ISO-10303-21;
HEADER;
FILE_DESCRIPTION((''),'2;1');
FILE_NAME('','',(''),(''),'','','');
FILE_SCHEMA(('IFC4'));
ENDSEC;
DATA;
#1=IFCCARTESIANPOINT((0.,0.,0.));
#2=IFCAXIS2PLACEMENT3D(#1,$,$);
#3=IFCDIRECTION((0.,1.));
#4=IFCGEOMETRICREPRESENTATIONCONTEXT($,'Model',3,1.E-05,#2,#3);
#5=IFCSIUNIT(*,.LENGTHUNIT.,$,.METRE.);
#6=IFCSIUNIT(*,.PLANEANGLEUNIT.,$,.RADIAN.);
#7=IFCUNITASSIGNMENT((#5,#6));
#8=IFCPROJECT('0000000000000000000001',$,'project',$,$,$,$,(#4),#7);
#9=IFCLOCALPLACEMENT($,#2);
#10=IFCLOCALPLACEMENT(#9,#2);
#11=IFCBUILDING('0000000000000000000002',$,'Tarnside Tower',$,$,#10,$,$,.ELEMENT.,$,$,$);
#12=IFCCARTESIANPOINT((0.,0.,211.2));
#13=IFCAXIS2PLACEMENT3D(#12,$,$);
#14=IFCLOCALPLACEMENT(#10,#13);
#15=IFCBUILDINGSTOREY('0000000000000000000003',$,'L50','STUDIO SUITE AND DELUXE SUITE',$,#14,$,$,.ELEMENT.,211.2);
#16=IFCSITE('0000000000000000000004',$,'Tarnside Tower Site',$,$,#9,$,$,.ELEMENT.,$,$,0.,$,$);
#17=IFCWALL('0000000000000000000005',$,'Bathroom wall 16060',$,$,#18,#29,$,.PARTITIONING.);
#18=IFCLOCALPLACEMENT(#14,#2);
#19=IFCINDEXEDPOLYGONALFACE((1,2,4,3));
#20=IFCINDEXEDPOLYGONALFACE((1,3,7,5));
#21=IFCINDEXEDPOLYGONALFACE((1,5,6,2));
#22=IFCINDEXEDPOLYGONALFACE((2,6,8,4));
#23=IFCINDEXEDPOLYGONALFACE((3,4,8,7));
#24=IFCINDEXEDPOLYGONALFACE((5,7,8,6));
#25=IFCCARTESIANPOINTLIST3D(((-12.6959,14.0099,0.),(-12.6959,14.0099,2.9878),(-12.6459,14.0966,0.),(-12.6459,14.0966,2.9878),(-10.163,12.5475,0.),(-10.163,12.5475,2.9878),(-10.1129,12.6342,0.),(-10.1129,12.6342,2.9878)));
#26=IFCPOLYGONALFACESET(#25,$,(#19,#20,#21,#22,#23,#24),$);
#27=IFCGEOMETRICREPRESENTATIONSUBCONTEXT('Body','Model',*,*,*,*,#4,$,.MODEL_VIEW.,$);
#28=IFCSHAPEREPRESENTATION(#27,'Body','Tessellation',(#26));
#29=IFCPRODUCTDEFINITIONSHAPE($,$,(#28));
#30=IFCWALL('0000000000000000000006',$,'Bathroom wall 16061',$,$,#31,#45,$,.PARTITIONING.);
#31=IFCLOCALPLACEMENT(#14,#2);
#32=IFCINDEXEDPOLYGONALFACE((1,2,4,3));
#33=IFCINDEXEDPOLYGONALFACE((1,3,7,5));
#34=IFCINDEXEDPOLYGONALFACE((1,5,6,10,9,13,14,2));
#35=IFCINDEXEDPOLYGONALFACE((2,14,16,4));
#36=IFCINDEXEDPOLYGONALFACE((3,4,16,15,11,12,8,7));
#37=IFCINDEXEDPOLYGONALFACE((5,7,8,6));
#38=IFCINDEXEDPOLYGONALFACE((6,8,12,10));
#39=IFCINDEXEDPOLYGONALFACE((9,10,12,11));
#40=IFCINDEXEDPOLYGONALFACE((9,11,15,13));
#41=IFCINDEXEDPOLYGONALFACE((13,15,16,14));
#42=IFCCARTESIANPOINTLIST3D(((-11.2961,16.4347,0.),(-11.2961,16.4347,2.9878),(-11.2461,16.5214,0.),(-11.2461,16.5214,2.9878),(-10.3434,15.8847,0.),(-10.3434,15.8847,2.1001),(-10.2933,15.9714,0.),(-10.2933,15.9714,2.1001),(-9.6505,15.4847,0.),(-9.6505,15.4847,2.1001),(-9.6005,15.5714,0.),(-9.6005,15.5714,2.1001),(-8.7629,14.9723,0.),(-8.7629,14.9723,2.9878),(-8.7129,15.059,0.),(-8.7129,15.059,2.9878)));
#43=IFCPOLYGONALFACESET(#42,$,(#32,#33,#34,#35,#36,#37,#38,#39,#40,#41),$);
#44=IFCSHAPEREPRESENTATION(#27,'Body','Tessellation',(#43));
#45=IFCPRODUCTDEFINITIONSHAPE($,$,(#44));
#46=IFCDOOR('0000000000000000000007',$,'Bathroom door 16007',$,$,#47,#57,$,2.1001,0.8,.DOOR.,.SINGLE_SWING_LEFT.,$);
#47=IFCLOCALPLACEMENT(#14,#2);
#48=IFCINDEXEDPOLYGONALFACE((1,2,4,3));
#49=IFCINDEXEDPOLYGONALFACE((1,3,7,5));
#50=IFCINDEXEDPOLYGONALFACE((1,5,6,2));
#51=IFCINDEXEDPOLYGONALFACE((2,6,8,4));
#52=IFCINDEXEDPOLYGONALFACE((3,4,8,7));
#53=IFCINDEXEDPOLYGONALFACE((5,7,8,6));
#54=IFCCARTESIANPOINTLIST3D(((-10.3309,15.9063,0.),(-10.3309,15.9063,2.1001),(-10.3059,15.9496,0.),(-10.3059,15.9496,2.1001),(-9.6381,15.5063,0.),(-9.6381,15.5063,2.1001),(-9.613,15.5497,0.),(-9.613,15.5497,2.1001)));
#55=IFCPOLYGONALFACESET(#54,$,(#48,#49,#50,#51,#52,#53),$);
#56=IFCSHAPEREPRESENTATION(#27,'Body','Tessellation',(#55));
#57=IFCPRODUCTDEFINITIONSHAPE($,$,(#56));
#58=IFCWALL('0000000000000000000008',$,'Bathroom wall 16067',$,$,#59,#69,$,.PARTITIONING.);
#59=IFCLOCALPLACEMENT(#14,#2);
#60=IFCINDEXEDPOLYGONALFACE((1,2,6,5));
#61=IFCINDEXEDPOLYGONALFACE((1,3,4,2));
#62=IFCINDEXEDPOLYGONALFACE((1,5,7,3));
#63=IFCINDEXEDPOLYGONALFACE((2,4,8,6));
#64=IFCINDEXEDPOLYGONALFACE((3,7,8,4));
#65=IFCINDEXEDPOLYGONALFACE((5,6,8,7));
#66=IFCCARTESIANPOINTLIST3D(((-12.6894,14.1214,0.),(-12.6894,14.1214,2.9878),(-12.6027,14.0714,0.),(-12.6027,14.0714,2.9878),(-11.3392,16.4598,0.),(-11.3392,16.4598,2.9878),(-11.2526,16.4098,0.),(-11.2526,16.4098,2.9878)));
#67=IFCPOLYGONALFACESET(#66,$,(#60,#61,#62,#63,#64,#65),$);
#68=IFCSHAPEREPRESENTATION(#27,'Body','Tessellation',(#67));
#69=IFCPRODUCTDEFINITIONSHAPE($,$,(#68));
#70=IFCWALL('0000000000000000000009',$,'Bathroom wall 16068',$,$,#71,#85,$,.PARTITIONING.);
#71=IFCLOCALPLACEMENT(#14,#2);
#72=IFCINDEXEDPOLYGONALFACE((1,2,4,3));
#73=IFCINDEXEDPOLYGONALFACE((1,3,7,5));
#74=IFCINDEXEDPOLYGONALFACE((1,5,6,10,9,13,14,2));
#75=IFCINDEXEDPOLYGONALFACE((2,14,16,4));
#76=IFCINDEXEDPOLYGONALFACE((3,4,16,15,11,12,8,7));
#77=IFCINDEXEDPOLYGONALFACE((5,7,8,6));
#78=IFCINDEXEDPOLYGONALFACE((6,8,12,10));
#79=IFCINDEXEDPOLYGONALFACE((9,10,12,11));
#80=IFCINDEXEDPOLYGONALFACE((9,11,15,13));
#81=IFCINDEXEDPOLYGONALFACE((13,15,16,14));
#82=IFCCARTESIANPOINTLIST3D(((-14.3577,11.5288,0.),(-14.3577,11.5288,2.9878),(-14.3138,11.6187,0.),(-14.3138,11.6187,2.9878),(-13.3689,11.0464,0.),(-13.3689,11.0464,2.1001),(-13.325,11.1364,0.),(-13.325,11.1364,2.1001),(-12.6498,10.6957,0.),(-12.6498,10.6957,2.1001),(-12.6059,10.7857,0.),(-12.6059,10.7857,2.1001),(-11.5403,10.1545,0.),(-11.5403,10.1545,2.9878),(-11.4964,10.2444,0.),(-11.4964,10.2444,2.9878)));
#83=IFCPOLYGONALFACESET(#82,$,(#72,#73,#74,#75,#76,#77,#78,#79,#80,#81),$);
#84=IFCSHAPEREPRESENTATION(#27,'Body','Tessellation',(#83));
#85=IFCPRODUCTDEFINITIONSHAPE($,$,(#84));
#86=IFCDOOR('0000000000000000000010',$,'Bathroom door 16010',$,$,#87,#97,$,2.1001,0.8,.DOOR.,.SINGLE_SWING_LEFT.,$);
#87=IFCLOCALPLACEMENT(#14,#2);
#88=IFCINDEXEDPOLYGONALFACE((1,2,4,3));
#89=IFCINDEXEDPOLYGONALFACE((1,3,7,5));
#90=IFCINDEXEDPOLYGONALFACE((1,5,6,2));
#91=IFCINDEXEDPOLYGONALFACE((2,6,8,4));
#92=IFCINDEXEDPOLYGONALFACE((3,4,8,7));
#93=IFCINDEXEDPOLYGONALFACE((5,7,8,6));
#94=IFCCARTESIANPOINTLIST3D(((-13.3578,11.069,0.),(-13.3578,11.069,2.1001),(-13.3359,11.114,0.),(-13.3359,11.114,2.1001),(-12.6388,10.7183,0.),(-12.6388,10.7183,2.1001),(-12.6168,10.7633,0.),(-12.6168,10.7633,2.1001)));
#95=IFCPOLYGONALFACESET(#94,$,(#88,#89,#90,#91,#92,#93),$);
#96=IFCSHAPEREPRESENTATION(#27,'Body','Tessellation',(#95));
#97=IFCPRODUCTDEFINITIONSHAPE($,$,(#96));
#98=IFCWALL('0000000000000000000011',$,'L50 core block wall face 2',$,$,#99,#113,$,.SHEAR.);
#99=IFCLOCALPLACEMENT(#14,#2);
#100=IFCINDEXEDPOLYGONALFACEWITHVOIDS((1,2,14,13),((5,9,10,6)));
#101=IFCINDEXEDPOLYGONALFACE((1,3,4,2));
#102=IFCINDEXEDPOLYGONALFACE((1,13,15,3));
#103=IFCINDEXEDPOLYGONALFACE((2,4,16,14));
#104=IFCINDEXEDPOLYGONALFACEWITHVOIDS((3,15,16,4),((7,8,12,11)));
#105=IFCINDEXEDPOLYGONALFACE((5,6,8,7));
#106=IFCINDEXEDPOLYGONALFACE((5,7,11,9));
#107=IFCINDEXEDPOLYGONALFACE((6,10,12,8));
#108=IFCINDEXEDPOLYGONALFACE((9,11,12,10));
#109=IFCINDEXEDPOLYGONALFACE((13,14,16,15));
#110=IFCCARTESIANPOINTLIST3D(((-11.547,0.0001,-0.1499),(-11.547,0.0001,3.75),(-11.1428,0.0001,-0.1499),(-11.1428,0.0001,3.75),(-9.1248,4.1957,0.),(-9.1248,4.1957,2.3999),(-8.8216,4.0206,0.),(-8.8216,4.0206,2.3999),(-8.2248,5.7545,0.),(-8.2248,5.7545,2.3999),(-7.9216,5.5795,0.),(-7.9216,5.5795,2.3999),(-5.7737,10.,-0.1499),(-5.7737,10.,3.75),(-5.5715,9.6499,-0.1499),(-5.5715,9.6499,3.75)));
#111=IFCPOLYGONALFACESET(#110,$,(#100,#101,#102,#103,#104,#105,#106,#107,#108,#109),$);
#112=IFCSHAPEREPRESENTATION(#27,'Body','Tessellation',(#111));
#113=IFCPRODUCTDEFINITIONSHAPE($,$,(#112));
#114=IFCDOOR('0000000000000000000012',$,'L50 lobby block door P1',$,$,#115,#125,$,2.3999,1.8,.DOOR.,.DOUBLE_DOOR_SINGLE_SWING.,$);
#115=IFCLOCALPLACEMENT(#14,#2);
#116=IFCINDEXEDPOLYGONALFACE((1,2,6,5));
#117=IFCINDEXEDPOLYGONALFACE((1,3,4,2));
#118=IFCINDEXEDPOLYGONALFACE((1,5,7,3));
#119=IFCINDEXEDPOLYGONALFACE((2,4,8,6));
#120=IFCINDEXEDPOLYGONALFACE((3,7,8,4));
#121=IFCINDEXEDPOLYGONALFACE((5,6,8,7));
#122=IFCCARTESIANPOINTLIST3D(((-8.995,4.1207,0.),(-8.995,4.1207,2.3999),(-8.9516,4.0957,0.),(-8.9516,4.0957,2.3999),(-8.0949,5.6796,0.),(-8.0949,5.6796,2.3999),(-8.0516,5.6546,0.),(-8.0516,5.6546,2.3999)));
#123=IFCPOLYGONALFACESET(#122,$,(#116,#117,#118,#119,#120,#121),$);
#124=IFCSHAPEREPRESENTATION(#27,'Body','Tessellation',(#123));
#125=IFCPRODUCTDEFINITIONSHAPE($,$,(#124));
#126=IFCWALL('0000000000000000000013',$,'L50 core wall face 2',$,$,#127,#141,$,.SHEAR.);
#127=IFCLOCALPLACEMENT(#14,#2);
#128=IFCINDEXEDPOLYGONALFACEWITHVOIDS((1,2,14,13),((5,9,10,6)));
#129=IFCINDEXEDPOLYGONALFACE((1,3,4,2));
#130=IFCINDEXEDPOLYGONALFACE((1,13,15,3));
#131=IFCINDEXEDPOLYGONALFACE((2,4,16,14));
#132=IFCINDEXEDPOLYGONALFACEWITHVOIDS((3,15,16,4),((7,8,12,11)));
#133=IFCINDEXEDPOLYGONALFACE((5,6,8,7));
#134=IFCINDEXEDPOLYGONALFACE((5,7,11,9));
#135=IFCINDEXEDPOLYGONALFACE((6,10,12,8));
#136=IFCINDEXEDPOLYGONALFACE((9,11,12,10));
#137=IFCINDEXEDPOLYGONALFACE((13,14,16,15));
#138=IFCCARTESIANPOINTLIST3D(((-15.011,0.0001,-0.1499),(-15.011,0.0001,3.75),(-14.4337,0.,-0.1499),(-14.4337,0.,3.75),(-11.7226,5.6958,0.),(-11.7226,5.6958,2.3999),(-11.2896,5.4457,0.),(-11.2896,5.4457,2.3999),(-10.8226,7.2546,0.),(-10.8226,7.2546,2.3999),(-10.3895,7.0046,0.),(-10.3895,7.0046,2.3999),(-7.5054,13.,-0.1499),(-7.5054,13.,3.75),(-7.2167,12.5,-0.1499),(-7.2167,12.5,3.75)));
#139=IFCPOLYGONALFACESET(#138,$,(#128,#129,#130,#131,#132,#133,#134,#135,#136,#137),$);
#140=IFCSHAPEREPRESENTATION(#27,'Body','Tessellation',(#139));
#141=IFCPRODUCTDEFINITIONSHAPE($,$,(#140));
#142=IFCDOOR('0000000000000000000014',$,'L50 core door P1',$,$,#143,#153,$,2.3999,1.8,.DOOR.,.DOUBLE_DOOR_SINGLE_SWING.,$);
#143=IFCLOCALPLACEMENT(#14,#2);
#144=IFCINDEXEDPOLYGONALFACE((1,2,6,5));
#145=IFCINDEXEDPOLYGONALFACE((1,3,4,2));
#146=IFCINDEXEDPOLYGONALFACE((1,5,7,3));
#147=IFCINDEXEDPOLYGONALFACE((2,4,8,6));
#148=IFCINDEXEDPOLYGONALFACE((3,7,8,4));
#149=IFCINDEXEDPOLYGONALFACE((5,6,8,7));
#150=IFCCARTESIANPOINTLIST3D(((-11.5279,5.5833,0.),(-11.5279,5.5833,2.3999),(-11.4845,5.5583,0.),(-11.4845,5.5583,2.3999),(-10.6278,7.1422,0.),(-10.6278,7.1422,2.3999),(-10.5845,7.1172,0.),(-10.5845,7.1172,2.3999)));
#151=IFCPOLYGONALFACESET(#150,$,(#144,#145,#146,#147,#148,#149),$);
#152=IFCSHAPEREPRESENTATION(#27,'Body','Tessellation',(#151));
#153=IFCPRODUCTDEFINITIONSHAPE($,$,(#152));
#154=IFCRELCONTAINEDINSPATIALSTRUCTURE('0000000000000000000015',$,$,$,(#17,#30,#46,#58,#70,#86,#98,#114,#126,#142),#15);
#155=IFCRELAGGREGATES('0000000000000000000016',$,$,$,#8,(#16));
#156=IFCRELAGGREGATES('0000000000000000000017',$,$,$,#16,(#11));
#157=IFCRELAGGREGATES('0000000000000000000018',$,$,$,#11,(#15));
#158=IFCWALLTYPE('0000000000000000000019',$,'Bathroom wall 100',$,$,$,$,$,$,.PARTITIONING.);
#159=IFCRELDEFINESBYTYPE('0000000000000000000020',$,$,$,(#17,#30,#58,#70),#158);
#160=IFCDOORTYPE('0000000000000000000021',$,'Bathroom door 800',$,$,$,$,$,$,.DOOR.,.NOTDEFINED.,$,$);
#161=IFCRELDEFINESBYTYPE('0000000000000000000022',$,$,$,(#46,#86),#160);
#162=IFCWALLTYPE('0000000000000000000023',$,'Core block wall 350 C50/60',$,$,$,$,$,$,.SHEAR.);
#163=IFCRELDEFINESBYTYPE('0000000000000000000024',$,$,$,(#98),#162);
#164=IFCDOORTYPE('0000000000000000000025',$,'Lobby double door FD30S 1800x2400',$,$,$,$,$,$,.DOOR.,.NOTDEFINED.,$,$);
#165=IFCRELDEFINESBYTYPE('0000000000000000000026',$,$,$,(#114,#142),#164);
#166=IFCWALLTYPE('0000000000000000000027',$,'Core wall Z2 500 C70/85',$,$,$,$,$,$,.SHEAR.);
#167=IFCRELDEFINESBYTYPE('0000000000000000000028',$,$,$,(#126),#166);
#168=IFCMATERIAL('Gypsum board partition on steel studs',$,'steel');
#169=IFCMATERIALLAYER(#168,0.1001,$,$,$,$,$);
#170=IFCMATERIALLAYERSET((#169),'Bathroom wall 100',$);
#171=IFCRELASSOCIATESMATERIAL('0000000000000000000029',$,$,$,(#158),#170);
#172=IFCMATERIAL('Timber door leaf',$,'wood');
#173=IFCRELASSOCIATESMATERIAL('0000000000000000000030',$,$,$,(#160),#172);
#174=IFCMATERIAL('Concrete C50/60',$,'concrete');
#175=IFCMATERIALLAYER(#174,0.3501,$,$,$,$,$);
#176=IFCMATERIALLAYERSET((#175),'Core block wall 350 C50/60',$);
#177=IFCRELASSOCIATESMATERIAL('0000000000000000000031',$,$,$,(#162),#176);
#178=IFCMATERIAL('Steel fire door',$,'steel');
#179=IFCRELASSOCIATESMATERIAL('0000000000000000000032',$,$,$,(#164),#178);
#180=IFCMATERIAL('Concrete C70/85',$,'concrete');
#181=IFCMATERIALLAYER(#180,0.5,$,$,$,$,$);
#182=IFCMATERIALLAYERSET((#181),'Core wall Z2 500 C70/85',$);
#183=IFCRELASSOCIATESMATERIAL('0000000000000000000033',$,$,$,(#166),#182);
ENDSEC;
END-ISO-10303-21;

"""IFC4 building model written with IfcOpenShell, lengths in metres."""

from ifc_helpers import new_model, si_unit, direction, frame, frame_2d, origin, place, context, subcontext, project, spatial, polyline, rectangle, outline, extrude, material, layer, layer_set, type_object, element, fill, save


model = new_model("IFC4")

# Units and contexts
model_context = context("Model", 3, precision=1e-05, world=origin(), true_north=direction((0.0, 1.0)))
body_context = subcontext(model_context, "Body", "Model", "MODEL_VIEW")
ifc_project = project(units=[si_unit("LENGTHUNIT", "METRE"), si_unit("PLANEANGLEUNIT", "RADIAN")], contexts=[model_context])

# Site, building, storey
site_placement = place(None, origin())
site = spatial("IfcSite", under=ifc_project, at=site_placement, Name="Tarnside Tower Site", CompositionType="ELEMENT", RefElevation=0.0)
building_placement = place(site_placement, origin())
building = spatial("IfcBuilding", under=site, at=building_placement, Name="Tarnside Tower", CompositionType="ELEMENT")
storey_placement = place(building_placement, frame((0.0, 0.0, 211.2)))
storey = spatial("IfcBuildingStorey", under=building, at=storey_placement, Name="L50", Description="STUDIO SUITE AND DELUXE SUITE", CompositionType="ELEMENT", Elevation=211.2)

# Shared definitions
ifc_material_1 = material(Name="Gypsum board partition on steel studs", Category="steel")
ifc_layer_1 = layer(ifc_material_1, 0.1001)
ifc_layer_set_1 = layer_set([ifc_layer_1], Name="Bathroom wall 100")
wall_type_1 = type_object("IfcWallType", Name="Bathroom wall 100", PredefinedType="PARTITIONING", material=ifc_layer_set_1)

# Shared definitions
ifc_material_2 = material(Name="Timber door leaf", Category="wood")
door_type_1 = type_object("IfcDoorType", Name="Bathroom door 800", OperationType="NOTDEFINED", PredefinedType="DOOR", material=ifc_material_2)

# Wall
wall_1_placement = place(storey_placement, frame((-10.1379, 12.5908, 0.0), z_axis=(0.0, 0.0, 1.0), x_axis=(-0.866026, 0.499999, 0.0)))
element("IfcWall", 1, at=wall_1_placement, inside=storey, type_object=wall_type_1, Name="Bathroom wall 16060", PredefinedType="PARTITIONING", context=body_context, shape_type="SweptSolid", body=[
    extrude(rectangle(XDim=2.9248, YDim=0.1001, at=frame_2d((1.4624, 0.0))), origin(), (0.0, 0.0, 1.0), 2.9878),
])

# Wall, opening, door
wall_2_placement = place(storey_placement, frame((-11.271, 16.478, 0.0), z_axis=(0.0, 0.0, 1.0), x_axis=(0.866047, -0.499963, 0.0)))
wall_2 = element("IfcWall", 2, at=wall_2_placement, inside=storey, type_object=wall_type_1, Name="Bathroom wall 16061", PredefinedType="PARTITIONING", context=body_context, shape_type="SweptSolid", body=[
    extrude(rectangle(XDim=2.925, YDim=0.1001, at=frame_2d((1.4624, 0.0))), origin(), (0.0, 0.0, 1.0), 2.9878),
])
opening_1_placement = place(wall_2_placement, frame((1.1001, 0.0, 0.0)))
opening_1 = element("IfcOpeningElement", 3, at=opening_1_placement, cuts=wall_2, PredefinedType="OPENING", context=body_context, shape_type="SweptSolid", body=[
    extrude(rectangle(XDim=0.8, YDim=2.1001, at=frame_2d((0.3999, 1.05))), frame((0.0, 0.0601, 0.0), z_axis=(0.0, -1.0, 0.0), x_axis=(1.0, 0.0, 0.0)), (0.0, 0.0, 1.0), 0.1201),
])
door_1_placement = place(opening_1_placement, origin())
door_1 = element("IfcDoor", 4, at=door_1_placement, inside=storey, type_object=door_type_1, Name="Bathroom door 16007", OperationType="SINGLE_SWING_LEFT", OverallHeight=2.1001, OverallWidth=0.8, PredefinedType="DOOR", context=body_context, shape_type="SweptSolid", body=[
    extrude(rectangle(XDim=0.8, YDim=2.1001, at=frame_2d((0.3999, 1.05))), frame((0.0, 0.0249, 0.0), z_axis=(0.0, -1.0, 0.0), x_axis=(1.0, 0.0, 0.0)), (0.0, 0.0, 1.0), 0.05),
])
fill(opening_1, door_1)

# Wall
wall_3_placement = place(storey_placement, frame((-11.2959, 16.4348, 0.0), z_axis=(0.0, 0.0, 1.0), x_axis=(-0.500009, -0.86602, 0.0)))
element("IfcWall", 5, at=wall_3_placement, inside=storey, type_object=wall_type_1, Name="Bathroom wall 16067", PredefinedType="PARTITIONING", context=body_context, shape_type="SweptSolid", body=[
    extrude(rectangle(XDim=2.7002, YDim=0.1001, at=frame_2d((1.3501, 0.0))), origin(), (0.0, 0.0, 1.0), 2.9878),
])

# Walls, openings, doors
wall_4_placement = place(storey_placement, frame((-11.5183, 10.1995, 0.0), z_axis=(0.0, 0.0, 1.0), x_axis=(-0.898777, 0.438407, 0.0)))
wall_4 = element("IfcWall", 6, at=wall_4_placement, inside=storey, type_object=wall_type_1, Name="Bathroom wall 16068", PredefinedType="PARTITIONING", context=body_context, shape_type="SweptSolid", body=[
    extrude(rectangle(XDim=3.1348, YDim=0.1001, at=frame_2d((1.5674, 0.0))), origin(), (0.0, 0.0, 1.0), 2.9878),
])
opening_2_placement = place(wall_4_placement, frame((1.2346, 0.0, 0.0)))
opening_2 = element("IfcOpeningElement", 7, at=opening_2_placement, cuts=wall_4, PredefinedType="OPENING", context=body_context, shape_type="SweptSolid", body=[
    extrude(rectangle(XDim=0.8, YDim=2.1001, at=frame_2d((0.3999, 1.05))), frame((0.0, 0.0601, 0.0), z_axis=(0.0, -1.0, 0.0), x_axis=(1.0, 0.0, 0.0)), (0.0, 0.0, 1.0), 0.1201),
])
door_2_placement = place(opening_2_placement, origin())
door_2 = element("IfcDoor", 8, at=door_2_placement, inside=storey, type_object=door_type_1, Name="Bathroom door 16010", OperationType="SINGLE_SWING_LEFT", OverallHeight=2.1001, OverallWidth=0.8, PredefinedType="DOOR", context=body_context, shape_type="SweptSolid", body=[
    extrude(rectangle(XDim=0.8, YDim=2.1001, at=frame_2d((0.3999, 1.05))), frame((0.0, 0.0249, 0.0), z_axis=(0.0, -1.0, 0.0), x_axis=(1.0, 0.0, 0.0)), (0.0, 0.0, 1.0), 0.05),
])
fill(opening_2, door_2)
ifc_material_3 = material(Name="Concrete C50/60", Category="concrete")
ifc_layer_2 = layer(ifc_material_3, 0.3501)
ifc_layer_set_2 = layer_set([ifc_layer_2], Name="Core block wall 350 C50/60")
wall_type_2 = type_object("IfcWallType", Name="Core block wall 350 C50/60", PredefinedType="SHEAR", material=ifc_layer_set_2)
wall_5_placement = place(storey_placement, frame((-5.6726, 9.825, -0.1499), z_axis=(0.0, 0.0, 1.0), x_axis=(-0.499995, -0.866028, 0.0)))
wall_5 = element("IfcWall", 9, at=wall_5_placement, inside=storey, type_object=wall_type_2, Name="L50 core block wall face 2", PredefinedType="SHEAR", context=body_context, shape_type="SweptSolid", body=[
    extrude(outline(polyline([(-0.1011, -0.175), (11.4458, -0.175), (11.2437, 0.175), (0.1011, 0.175), (-0.1011, -0.175)])), origin(), (0.0, 0.0, 1.0), 3.8999),
])
opening_3_placement = place(wall_5_placement, frame((4.8013, 0.0, 0.1499)))
opening_3 = element("IfcOpeningElement", 10, at=opening_3_placement, cuts=wall_5, PredefinedType="OPENING", context=body_context, shape_type="SweptSolid", body=[
    extrude(rectangle(XDim=1.8, YDim=2.3999, at=frame_2d((0.8999, 1.2))), frame((0.0, 0.1851, 0.0), z_axis=(0.0, -1.0, 0.0), x_axis=(1.0, 0.0, 0.0)), (0.0, 0.0, 1.0), 0.3701),
])
ifc_material_4 = material(Name="Steel fire door", Category="steel")
door_type_2 = type_object("IfcDoorType", Name="Lobby double door FD30S 1800x2400", OperationType="NOTDEFINED", PredefinedType="DOOR", material=ifc_material_4)
door_3_placement = place(opening_3_placement, origin())
door_3 = element("IfcDoor", 11, at=door_3_placement, inside=storey, type_object=door_type_2, Name="L50 lobby block door P1", OperationType="DOUBLE_DOOR_SINGLE_SWING", OverallHeight=2.3999, OverallWidth=1.8, PredefinedType="DOOR", context=body_context, shape_type="SweptSolid", body=[
    extrude(rectangle(XDim=1.8, YDim=2.3999, at=frame_2d((0.8999, 1.2))), frame((0.0, 0.0249, 0.0), z_axis=(0.0, -1.0, 0.0), x_axis=(1.0, 0.0, 0.0)), (0.0, 0.0, 1.0), 0.05),
])
fill(opening_3, door_3)
ifc_material_5 = material(Name="Concrete C70/85", Category="concrete")
ifc_layer_3 = layer(ifc_material_5, 0.5)
ifc_layer_set_3 = layer_set([ifc_layer_3], Name="Core wall Z2 500 C70/85")
wall_type_3 = type_object("IfcWallType", Name="Core wall Z2 500 C70/85", PredefinedType="SHEAR", material=ifc_layer_set_3)
wall_6_placement = place(storey_placement, frame((-7.3611, 12.75, -0.1499), z_axis=(0.0, 0.0, 1.0), x_axis=(-0.500006, -0.866022, 0.0)))
wall_6 = element("IfcWall", 12, at=wall_6_placement, inside=storey, type_object=wall_type_3, Name="L50 core wall face 2", PredefinedType="SHEAR", context=body_context, shape_type="SweptSolid", body=[
    extrude(outline(polyline([(-0.1443, -0.25), (14.8667, -0.25), (14.5781, 0.25), (0.1443, 0.25), (-0.1443, -0.25)])), origin(), (0.0, 0.0, 1.0), 3.8999),
])
opening_4_placement = place(wall_6_placement, frame((6.49, 0.0, 0.1499)))
opening_4 = element("IfcOpeningElement", 13, at=opening_4_placement, cuts=wall_6, PredefinedType="OPENING", context=body_context, shape_type="SweptSolid", body=[
    extrude(rectangle(XDim=1.8, YDim=2.3999, at=frame_2d((0.8999, 1.2))), frame((0.0, 0.26, 0.0), z_axis=(0.0, -1.0, 0.0), x_axis=(1.0, 0.0, 0.0)), (0.0, 0.0, 1.0), 0.52),
])
door_4_placement = place(opening_4_placement, origin())
door_4 = element("IfcDoor", 14, at=door_4_placement, inside=storey, type_object=door_type_2, Name="L50 core door P1", OperationType="DOUBLE_DOOR_SINGLE_SWING", OverallHeight=2.3999, OverallWidth=1.8, PredefinedType="DOOR", context=body_context, shape_type="SweptSolid", body=[
    extrude(rectangle(XDim=1.8, YDim=2.3999, at=frame_2d((0.8999, 1.2))), frame((0.0, 0.0249, 0.0), z_axis=(0.0, -1.0, 0.0), x_axis=(1.0, 0.0, 0.0)), (0.0, 0.0, 1.0), 0.05),
])
fill(opening_4, door_4)

save(model, "model.ifc")
